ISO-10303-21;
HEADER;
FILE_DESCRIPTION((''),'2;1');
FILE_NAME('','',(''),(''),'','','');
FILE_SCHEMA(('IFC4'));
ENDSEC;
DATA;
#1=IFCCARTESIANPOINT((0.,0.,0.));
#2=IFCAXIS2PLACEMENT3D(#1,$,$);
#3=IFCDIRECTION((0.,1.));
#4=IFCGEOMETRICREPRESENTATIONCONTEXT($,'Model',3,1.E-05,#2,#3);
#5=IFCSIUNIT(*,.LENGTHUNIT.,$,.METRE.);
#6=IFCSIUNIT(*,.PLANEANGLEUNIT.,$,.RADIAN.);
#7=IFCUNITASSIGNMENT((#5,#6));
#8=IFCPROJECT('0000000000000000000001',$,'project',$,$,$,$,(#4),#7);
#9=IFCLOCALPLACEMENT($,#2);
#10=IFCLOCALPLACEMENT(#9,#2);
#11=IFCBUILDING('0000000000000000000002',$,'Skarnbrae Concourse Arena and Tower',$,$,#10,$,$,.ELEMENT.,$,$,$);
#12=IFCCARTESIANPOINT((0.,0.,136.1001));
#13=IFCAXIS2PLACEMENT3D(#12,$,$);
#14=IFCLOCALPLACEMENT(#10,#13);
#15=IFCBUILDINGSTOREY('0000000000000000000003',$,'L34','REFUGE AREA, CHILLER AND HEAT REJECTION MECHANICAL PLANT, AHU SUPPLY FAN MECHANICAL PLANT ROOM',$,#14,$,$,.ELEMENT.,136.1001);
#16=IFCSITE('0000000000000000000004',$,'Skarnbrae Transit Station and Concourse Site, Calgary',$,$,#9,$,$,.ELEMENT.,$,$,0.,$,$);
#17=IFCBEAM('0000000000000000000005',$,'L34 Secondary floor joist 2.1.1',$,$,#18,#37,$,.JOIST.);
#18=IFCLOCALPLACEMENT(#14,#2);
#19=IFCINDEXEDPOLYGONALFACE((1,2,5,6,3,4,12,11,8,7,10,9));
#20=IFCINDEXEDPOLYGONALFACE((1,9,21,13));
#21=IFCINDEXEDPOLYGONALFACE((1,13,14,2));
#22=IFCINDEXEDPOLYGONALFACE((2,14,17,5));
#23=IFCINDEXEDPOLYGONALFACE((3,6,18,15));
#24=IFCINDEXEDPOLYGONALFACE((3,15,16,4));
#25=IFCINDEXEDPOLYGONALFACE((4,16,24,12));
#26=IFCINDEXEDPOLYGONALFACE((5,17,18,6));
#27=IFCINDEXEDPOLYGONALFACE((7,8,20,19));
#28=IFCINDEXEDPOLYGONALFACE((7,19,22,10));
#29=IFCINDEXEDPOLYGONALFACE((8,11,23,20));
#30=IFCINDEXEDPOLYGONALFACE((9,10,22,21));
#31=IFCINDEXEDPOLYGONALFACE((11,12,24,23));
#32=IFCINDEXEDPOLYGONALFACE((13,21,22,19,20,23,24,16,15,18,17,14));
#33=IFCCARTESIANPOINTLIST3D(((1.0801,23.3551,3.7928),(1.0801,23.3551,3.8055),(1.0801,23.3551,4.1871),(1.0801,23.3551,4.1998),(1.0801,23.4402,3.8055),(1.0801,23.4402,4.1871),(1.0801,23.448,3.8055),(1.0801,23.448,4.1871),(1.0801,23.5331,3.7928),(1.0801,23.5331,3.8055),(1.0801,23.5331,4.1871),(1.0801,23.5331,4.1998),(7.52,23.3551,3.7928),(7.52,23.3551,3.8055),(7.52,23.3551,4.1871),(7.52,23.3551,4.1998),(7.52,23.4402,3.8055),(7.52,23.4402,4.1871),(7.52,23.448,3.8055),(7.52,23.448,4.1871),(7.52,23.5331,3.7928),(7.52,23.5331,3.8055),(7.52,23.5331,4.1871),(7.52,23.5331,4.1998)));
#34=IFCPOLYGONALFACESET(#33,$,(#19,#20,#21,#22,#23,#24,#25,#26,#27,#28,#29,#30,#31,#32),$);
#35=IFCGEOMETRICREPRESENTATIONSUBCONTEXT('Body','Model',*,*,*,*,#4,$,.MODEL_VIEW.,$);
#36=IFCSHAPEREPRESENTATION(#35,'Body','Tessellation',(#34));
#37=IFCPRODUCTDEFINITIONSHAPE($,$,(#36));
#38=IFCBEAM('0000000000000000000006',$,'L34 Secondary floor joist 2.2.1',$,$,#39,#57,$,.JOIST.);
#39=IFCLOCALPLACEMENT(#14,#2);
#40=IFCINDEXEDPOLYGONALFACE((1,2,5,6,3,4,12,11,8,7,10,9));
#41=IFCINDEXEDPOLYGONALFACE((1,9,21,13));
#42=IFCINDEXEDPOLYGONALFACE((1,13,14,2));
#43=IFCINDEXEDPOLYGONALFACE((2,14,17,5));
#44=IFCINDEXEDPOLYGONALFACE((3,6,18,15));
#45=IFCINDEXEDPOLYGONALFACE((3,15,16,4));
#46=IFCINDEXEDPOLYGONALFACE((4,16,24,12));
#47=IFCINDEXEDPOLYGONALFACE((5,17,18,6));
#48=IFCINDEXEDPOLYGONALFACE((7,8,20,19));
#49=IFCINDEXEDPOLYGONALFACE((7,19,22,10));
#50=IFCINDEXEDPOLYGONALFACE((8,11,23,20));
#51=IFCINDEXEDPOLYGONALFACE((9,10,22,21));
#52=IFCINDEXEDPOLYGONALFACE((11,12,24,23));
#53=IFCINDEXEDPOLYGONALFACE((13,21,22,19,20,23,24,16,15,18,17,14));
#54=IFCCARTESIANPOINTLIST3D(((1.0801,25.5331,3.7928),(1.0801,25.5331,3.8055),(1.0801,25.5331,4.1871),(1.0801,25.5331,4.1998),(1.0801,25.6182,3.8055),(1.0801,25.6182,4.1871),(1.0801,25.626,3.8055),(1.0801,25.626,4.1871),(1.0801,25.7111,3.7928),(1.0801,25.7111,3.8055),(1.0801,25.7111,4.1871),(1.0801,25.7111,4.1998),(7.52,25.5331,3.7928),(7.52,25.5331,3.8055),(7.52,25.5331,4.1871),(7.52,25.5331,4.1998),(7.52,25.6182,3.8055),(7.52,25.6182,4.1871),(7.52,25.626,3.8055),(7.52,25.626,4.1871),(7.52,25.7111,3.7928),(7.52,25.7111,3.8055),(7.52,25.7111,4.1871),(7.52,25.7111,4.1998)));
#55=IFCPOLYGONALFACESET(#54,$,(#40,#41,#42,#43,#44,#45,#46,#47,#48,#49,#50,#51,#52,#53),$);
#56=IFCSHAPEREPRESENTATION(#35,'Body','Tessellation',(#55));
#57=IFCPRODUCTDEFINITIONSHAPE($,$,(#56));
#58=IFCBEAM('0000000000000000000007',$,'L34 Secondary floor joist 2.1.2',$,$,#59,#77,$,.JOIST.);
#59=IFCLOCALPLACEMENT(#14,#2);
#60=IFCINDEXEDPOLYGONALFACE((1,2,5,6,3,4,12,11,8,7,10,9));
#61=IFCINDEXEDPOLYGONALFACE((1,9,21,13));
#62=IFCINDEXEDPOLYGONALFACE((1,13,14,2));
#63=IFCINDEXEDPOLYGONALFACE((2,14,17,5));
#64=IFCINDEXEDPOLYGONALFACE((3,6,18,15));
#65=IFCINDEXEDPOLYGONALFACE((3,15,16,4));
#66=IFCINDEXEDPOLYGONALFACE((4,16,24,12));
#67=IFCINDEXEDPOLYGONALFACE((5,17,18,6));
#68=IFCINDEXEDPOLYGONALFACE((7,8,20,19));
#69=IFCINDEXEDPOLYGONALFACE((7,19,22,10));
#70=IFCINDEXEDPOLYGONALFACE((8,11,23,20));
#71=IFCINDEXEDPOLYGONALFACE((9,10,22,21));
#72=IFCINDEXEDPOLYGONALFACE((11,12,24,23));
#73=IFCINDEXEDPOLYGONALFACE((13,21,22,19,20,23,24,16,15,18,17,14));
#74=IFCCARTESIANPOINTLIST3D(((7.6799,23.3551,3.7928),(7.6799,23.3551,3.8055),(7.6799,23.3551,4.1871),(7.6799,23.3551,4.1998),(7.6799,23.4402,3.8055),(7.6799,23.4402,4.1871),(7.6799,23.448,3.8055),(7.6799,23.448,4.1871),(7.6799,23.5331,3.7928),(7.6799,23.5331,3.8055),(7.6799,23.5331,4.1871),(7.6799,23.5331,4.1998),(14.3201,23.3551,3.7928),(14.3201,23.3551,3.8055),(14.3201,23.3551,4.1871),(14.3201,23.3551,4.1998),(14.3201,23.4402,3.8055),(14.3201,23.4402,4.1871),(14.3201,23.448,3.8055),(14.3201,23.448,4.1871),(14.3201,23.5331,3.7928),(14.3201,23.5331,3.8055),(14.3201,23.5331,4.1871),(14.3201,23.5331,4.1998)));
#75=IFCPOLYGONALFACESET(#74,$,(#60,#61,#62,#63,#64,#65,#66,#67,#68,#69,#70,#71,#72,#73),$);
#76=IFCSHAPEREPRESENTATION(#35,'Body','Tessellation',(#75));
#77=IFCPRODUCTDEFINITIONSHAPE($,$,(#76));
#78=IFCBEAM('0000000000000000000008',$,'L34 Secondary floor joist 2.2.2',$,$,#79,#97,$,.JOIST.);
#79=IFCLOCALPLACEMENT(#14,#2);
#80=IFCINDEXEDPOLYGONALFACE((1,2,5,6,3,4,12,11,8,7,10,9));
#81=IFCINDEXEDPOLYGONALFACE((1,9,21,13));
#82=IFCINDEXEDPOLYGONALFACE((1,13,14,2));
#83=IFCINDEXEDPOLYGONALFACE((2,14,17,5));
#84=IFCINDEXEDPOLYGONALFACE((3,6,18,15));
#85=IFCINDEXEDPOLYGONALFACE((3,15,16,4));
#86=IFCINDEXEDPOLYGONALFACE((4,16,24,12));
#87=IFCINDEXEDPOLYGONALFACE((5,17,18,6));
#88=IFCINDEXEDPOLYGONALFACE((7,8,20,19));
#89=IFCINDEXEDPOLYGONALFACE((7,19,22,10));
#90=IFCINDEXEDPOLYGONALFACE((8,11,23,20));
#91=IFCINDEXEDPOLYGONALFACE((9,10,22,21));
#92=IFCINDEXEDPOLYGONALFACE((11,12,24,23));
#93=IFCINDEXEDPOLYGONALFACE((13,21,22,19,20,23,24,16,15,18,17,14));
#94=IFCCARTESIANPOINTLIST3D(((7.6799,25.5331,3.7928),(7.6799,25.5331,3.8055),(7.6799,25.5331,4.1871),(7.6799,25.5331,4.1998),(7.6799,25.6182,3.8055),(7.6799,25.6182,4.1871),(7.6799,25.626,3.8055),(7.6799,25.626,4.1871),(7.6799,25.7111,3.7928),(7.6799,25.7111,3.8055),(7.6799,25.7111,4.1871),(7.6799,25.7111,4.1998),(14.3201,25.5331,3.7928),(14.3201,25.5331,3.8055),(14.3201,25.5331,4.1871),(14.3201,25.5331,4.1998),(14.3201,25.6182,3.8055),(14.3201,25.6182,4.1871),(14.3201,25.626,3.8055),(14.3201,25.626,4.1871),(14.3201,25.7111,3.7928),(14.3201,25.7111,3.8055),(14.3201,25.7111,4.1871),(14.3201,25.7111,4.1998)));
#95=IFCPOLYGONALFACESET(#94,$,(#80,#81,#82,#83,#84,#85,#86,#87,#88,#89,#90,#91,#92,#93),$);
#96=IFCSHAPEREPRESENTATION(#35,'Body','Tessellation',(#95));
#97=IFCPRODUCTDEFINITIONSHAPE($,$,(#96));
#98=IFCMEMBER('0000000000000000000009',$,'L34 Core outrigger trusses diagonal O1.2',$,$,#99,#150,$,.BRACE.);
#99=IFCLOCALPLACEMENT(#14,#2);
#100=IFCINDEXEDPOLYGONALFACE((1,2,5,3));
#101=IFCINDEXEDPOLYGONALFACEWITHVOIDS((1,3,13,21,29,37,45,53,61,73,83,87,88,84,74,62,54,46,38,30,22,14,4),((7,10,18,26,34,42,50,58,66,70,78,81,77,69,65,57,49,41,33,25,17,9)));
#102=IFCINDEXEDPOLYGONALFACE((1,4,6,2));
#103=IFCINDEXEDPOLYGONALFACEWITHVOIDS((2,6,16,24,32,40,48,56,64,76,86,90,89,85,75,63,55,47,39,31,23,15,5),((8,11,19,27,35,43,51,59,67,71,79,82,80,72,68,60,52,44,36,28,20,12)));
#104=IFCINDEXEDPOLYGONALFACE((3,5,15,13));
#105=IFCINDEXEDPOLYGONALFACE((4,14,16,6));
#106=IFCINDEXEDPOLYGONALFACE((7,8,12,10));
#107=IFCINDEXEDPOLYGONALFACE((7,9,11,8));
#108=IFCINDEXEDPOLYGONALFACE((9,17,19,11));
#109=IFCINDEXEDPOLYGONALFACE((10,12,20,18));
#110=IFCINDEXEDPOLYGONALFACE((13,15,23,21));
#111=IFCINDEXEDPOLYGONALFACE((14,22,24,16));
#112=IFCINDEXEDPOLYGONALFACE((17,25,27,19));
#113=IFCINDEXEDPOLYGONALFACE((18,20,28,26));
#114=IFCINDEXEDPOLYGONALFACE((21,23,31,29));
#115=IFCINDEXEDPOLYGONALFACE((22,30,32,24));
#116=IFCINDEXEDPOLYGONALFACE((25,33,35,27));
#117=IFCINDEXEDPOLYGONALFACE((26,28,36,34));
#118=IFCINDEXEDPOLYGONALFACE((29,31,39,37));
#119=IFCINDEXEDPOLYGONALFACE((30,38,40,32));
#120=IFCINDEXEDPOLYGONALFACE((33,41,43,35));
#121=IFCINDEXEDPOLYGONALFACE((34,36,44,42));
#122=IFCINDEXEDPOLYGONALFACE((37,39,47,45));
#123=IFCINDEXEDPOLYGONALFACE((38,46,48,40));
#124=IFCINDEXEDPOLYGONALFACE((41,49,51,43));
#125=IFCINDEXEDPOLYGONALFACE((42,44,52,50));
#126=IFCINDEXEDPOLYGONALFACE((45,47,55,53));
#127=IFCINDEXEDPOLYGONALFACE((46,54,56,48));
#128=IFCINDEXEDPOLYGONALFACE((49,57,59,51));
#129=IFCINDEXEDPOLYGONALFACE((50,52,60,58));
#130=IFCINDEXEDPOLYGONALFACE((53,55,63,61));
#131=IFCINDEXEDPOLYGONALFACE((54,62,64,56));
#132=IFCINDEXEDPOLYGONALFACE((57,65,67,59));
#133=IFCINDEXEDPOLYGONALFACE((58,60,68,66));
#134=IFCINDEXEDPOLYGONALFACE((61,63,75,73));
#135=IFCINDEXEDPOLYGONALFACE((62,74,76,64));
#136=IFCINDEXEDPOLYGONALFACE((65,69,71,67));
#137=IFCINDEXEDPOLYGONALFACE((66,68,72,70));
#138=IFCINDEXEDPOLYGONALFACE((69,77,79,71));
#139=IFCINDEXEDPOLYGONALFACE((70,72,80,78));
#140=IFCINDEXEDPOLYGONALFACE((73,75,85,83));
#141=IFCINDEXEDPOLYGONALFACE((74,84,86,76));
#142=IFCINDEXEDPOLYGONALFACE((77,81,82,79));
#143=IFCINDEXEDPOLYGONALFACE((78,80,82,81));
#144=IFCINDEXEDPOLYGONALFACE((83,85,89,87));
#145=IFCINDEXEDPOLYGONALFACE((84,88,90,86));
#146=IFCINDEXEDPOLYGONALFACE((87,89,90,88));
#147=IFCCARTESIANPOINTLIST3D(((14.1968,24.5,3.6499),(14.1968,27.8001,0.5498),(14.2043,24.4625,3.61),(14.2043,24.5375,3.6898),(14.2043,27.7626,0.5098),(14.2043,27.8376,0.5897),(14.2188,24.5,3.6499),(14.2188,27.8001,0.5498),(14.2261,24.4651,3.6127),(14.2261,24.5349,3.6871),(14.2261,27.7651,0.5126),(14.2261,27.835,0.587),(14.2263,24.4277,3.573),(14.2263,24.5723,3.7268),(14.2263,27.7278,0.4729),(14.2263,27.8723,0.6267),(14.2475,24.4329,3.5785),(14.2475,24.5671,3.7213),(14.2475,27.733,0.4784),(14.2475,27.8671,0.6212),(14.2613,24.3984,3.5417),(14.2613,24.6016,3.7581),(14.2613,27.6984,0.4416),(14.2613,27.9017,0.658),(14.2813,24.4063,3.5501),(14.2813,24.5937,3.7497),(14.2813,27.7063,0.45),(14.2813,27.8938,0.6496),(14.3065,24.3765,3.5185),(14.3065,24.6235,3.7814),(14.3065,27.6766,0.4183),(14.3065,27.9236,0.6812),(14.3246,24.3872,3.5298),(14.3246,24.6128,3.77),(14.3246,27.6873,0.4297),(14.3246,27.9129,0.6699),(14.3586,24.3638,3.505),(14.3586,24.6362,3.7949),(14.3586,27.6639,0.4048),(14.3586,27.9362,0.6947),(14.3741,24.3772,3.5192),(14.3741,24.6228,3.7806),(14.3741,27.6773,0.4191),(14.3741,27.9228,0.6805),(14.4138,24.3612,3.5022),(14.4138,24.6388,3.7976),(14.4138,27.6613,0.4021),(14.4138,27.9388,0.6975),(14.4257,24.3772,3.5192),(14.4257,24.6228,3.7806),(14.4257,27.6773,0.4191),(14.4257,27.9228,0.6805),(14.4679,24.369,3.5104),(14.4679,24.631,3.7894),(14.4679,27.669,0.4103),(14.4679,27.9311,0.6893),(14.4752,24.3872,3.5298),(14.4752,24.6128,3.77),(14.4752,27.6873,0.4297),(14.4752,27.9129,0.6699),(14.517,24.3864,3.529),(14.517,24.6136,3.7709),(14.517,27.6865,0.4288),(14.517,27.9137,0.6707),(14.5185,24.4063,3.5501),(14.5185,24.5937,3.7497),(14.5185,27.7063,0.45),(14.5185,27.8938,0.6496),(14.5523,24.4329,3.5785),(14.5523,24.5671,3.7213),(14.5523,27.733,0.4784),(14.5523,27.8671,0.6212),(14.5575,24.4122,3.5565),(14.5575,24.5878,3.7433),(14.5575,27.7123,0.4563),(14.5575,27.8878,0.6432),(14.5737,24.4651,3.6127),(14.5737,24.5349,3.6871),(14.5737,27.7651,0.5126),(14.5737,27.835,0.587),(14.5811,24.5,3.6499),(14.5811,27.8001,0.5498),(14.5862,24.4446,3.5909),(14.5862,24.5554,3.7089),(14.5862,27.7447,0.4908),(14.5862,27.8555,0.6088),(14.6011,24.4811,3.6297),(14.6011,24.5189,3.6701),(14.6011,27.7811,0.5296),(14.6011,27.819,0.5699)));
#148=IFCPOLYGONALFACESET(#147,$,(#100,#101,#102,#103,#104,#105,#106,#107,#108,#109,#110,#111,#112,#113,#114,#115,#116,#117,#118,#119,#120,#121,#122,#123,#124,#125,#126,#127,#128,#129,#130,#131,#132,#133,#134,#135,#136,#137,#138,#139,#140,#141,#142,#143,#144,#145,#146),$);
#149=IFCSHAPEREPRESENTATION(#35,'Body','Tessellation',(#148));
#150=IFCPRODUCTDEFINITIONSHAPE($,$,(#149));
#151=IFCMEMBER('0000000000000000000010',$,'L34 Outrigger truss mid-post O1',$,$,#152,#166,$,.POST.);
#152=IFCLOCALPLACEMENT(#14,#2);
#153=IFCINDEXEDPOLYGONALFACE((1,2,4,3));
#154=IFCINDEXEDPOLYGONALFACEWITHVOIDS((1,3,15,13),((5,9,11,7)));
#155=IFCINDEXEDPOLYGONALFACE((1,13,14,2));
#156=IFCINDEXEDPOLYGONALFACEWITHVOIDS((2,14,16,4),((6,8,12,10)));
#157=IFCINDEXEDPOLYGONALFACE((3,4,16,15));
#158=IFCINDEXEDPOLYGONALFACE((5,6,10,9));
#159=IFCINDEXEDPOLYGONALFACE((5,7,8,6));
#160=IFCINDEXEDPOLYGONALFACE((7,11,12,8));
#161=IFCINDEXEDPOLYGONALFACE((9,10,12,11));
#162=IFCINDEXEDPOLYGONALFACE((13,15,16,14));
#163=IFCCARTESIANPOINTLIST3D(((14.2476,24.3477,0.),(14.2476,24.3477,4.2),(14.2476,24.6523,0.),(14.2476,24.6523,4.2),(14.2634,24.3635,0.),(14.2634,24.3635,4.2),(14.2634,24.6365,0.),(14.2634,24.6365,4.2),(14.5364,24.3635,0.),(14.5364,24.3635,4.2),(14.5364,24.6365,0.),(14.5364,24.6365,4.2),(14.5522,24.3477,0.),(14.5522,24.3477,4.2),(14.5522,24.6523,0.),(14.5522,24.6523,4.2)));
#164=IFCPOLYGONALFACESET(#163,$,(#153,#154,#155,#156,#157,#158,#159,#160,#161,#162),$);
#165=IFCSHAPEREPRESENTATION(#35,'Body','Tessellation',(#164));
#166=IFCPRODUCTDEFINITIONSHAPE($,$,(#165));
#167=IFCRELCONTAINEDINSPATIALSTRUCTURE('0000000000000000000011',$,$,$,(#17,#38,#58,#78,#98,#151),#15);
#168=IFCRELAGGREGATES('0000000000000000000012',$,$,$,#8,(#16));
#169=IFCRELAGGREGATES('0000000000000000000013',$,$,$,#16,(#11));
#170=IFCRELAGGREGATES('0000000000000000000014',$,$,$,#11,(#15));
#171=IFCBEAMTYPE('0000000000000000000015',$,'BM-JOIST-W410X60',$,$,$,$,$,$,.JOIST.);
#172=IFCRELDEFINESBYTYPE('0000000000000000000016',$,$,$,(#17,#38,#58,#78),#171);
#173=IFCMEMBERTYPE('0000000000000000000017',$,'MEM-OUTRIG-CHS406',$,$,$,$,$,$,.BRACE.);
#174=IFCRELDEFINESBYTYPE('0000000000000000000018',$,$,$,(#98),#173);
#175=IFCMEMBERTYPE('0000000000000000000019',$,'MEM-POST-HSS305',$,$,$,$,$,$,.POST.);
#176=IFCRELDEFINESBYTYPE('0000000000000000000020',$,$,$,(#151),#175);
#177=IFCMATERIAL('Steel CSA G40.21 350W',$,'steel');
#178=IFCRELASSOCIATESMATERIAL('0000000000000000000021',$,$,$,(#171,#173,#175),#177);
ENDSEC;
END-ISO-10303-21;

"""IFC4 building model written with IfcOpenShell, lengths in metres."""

from ifc_helpers import new_model, si_unit, direction, frame, origin, origin_2d, place, context, subcontext, project, spatial, hollow_rectangle, hollow_circle, i_section, extrude, source, transform, mapped, material, material_profile, profile_set, type_object, element, save


model = new_model("IFC4")

# Units and contexts
model_context = context("Model", 3, precision=1e-05, world=origin(), true_north=direction((0.0, 1.0)))
body_context = subcontext(model_context, "Body", "Model", "MODEL_VIEW")
ifc_project = project(units=[si_unit("LENGTHUNIT", "METRE"), si_unit("PLANEANGLEUNIT", "RADIAN")], contexts=[model_context])

# Site, building, storey
site_placement = place(None, origin())
site = spatial("IfcSite", under=ifc_project, at=site_placement, Name="Skarnbrae Transit Station and Concourse Site, Calgary", CompositionType="ELEMENT", RefElevation=0.0)
building_placement = place(site_placement, origin())
building = spatial("IfcBuilding", under=site, at=building_placement, Name="Skarnbrae Concourse Arena and Tower", CompositionType="ELEMENT")
storey_placement = place(building_placement, frame((0.0, 0.0, 136.1001)))
storey = spatial("IfcBuildingStorey", under=building, at=storey_placement, Name="L34", Description="REFUGE AREA, CHILLER AND HEAT REJECTION MECHANICAL PLANT, AHU SUPPLY FAN MECHANICAL PLANT ROOM", CompositionType="ELEMENT", Elevation=136.1001)

# Shared definitions
ifc_material = material(Name="Steel CSA G40.21 350W", Category="steel")

# Beams
ifc_material_profile_1 = material_profile(ifc_material, i_section(OverallWidth=0.178, OverallDepth=0.407, WebThickness=0.0078, FlangeThickness=0.0127, at=origin_2d()), Name="W410X60")
ifc_profile_set_1 = profile_set([ifc_material_profile_1], Name="Steel CSA G40.21 350W")
beam_type_1 = type_object("IfcBeamType", Name="BM-JOIST-W410X60", PredefinedType="JOIST", material=ifc_profile_set_1)
shared_shape_1 = source(origin(), body_context, "Body", "SweptSolid", [
    extrude(i_section(OverallWidth=0.178, OverallDepth=0.407, WebThickness=0.0078, FlangeThickness=0.0127, at=origin_2d()), origin(), (0.0, 0.0, 1.0), 6.4399),
])
for number, where, z_axis, x_axis, name in (
    (1, (1.0801, 23.4441, 3.9963), (1.0, 0.0, 0.0), (0.0, 1.0, 0.0), "L34 Secondary floor joist 2.1.1"),
    (2, (1.0801, 25.6221, 3.9963), (1.0, 0.0, 0.0), (0.0, 1.0, 0.0), "L34 Secondary floor joist 2.2.1"),
):
    element("IfcBeam", number, at=place(storey_placement, frame(where, z_axis=z_axis, x_axis=x_axis)), inside=storey, type_object=beam_type_1, Name=name, PredefinedType="JOIST", context=body_context, shape_type="MappedRepresentation", body=[
        mapped(shared_shape_1, transform((0.0, 0.0, 0.0))),
    ])
shared_shape_2 = source(origin(), body_context, "Body", "SweptSolid", [
    extrude(i_section(OverallWidth=0.178, OverallDepth=0.407, WebThickness=0.0078, FlangeThickness=0.0127, at=origin_2d()), origin(), (0.0, 0.0, 1.0), 6.6401),
])
for number, where, z_axis, x_axis, name in (
    (3, (7.6799, 23.4441, 3.9963), (1.0, 0.0, 0.0), (0.0, 1.0, 0.0), "L34 Secondary floor joist 2.1.2"),
    (4, (7.6799, 25.6221, 3.9963), (1.0, 0.0, 0.0), (0.0, 1.0, 0.0), "L34 Secondary floor joist 2.2.2"),
):
    element("IfcBeam", number, at=place(storey_placement, frame(where, z_axis=z_axis, x_axis=x_axis)), inside=storey, type_object=beam_type_1, Name=name, PredefinedType="JOIST", context=body_context, shape_type="MappedRepresentation", body=[
        mapped(shared_shape_2, transform((0.0, 0.0, 0.0))),
    ])

# Members
ifc_material_profile_2 = material_profile(ifc_material, hollow_circle(Radius=0.2031, WallThickness=0.022, at=origin_2d()), Name="HSS406X22.0")
ifc_profile_set_2 = profile_set([ifc_material_profile_2], Name="Steel CSA G40.21 350W")
member_type_1 = type_object("IfcMemberType", Name="MEM-OUTRIG-CHS406", PredefinedType="BRACE", material=ifc_profile_set_2)
shared_shape_3 = source(origin(), body_context, "Body", "SweptSolid", [
    extrude(hollow_circle(Radius=0.2031, WallThickness=0.022, at=origin_2d()), origin(), (0.0, 0.0, 1.0), 4.5278),
])
member_1_placement = place(storey_placement, frame((14.3999, 24.5, 3.6499), z_axis=(0.0, 0.728842, -0.684682), x_axis=(-1.0, 0.0, 0.0)))
element("IfcMember", 5, at=member_1_placement, inside=storey, type_object=member_type_1, Name="L34 Core outrigger trusses diagonal O1.2", PredefinedType="BRACE", context=body_context, shape_type="MappedRepresentation", body=[
    mapped(shared_shape_3, transform((0.0, 0.0, 0.0))),
])
ifc_material_profile_3 = material_profile(ifc_material, hollow_rectangle(XDim=0.3047, YDim=0.3047, WallThickness=0.0159, at=origin_2d()), Name="HSS305X305X15.9")
ifc_profile_set_3 = profile_set([ifc_material_profile_3], Name="Steel CSA G40.21 350W")
member_type_2 = type_object("IfcMemberType", Name="MEM-POST-HSS305", PredefinedType="POST", material=ifc_profile_set_3)
shared_shape_4 = source(origin(), body_context, "Body", "SweptSolid", [
    extrude(hollow_rectangle(XDim=0.3047, YDim=0.3047, WallThickness=0.0159, at=origin_2d()), origin(), (0.0, 0.0, 1.0), 4.2),
])
member_2_placement = place(storey_placement, frame((14.3999, 24.5, 0.0), z_axis=(0.0, 0.0, 1.0), x_axis=(1.0, 0.0, 0.0)))
element("IfcMember", 6, at=member_2_placement, inside=storey, type_object=member_type_2, Name="L34 Outrigger truss mid-post O1", PredefinedType="POST", context=body_context, shape_type="MappedRepresentation", body=[
    mapped(shared_shape_4, transform((0.0, 0.0, 0.0))),
])

save(model, "model.ifc")
